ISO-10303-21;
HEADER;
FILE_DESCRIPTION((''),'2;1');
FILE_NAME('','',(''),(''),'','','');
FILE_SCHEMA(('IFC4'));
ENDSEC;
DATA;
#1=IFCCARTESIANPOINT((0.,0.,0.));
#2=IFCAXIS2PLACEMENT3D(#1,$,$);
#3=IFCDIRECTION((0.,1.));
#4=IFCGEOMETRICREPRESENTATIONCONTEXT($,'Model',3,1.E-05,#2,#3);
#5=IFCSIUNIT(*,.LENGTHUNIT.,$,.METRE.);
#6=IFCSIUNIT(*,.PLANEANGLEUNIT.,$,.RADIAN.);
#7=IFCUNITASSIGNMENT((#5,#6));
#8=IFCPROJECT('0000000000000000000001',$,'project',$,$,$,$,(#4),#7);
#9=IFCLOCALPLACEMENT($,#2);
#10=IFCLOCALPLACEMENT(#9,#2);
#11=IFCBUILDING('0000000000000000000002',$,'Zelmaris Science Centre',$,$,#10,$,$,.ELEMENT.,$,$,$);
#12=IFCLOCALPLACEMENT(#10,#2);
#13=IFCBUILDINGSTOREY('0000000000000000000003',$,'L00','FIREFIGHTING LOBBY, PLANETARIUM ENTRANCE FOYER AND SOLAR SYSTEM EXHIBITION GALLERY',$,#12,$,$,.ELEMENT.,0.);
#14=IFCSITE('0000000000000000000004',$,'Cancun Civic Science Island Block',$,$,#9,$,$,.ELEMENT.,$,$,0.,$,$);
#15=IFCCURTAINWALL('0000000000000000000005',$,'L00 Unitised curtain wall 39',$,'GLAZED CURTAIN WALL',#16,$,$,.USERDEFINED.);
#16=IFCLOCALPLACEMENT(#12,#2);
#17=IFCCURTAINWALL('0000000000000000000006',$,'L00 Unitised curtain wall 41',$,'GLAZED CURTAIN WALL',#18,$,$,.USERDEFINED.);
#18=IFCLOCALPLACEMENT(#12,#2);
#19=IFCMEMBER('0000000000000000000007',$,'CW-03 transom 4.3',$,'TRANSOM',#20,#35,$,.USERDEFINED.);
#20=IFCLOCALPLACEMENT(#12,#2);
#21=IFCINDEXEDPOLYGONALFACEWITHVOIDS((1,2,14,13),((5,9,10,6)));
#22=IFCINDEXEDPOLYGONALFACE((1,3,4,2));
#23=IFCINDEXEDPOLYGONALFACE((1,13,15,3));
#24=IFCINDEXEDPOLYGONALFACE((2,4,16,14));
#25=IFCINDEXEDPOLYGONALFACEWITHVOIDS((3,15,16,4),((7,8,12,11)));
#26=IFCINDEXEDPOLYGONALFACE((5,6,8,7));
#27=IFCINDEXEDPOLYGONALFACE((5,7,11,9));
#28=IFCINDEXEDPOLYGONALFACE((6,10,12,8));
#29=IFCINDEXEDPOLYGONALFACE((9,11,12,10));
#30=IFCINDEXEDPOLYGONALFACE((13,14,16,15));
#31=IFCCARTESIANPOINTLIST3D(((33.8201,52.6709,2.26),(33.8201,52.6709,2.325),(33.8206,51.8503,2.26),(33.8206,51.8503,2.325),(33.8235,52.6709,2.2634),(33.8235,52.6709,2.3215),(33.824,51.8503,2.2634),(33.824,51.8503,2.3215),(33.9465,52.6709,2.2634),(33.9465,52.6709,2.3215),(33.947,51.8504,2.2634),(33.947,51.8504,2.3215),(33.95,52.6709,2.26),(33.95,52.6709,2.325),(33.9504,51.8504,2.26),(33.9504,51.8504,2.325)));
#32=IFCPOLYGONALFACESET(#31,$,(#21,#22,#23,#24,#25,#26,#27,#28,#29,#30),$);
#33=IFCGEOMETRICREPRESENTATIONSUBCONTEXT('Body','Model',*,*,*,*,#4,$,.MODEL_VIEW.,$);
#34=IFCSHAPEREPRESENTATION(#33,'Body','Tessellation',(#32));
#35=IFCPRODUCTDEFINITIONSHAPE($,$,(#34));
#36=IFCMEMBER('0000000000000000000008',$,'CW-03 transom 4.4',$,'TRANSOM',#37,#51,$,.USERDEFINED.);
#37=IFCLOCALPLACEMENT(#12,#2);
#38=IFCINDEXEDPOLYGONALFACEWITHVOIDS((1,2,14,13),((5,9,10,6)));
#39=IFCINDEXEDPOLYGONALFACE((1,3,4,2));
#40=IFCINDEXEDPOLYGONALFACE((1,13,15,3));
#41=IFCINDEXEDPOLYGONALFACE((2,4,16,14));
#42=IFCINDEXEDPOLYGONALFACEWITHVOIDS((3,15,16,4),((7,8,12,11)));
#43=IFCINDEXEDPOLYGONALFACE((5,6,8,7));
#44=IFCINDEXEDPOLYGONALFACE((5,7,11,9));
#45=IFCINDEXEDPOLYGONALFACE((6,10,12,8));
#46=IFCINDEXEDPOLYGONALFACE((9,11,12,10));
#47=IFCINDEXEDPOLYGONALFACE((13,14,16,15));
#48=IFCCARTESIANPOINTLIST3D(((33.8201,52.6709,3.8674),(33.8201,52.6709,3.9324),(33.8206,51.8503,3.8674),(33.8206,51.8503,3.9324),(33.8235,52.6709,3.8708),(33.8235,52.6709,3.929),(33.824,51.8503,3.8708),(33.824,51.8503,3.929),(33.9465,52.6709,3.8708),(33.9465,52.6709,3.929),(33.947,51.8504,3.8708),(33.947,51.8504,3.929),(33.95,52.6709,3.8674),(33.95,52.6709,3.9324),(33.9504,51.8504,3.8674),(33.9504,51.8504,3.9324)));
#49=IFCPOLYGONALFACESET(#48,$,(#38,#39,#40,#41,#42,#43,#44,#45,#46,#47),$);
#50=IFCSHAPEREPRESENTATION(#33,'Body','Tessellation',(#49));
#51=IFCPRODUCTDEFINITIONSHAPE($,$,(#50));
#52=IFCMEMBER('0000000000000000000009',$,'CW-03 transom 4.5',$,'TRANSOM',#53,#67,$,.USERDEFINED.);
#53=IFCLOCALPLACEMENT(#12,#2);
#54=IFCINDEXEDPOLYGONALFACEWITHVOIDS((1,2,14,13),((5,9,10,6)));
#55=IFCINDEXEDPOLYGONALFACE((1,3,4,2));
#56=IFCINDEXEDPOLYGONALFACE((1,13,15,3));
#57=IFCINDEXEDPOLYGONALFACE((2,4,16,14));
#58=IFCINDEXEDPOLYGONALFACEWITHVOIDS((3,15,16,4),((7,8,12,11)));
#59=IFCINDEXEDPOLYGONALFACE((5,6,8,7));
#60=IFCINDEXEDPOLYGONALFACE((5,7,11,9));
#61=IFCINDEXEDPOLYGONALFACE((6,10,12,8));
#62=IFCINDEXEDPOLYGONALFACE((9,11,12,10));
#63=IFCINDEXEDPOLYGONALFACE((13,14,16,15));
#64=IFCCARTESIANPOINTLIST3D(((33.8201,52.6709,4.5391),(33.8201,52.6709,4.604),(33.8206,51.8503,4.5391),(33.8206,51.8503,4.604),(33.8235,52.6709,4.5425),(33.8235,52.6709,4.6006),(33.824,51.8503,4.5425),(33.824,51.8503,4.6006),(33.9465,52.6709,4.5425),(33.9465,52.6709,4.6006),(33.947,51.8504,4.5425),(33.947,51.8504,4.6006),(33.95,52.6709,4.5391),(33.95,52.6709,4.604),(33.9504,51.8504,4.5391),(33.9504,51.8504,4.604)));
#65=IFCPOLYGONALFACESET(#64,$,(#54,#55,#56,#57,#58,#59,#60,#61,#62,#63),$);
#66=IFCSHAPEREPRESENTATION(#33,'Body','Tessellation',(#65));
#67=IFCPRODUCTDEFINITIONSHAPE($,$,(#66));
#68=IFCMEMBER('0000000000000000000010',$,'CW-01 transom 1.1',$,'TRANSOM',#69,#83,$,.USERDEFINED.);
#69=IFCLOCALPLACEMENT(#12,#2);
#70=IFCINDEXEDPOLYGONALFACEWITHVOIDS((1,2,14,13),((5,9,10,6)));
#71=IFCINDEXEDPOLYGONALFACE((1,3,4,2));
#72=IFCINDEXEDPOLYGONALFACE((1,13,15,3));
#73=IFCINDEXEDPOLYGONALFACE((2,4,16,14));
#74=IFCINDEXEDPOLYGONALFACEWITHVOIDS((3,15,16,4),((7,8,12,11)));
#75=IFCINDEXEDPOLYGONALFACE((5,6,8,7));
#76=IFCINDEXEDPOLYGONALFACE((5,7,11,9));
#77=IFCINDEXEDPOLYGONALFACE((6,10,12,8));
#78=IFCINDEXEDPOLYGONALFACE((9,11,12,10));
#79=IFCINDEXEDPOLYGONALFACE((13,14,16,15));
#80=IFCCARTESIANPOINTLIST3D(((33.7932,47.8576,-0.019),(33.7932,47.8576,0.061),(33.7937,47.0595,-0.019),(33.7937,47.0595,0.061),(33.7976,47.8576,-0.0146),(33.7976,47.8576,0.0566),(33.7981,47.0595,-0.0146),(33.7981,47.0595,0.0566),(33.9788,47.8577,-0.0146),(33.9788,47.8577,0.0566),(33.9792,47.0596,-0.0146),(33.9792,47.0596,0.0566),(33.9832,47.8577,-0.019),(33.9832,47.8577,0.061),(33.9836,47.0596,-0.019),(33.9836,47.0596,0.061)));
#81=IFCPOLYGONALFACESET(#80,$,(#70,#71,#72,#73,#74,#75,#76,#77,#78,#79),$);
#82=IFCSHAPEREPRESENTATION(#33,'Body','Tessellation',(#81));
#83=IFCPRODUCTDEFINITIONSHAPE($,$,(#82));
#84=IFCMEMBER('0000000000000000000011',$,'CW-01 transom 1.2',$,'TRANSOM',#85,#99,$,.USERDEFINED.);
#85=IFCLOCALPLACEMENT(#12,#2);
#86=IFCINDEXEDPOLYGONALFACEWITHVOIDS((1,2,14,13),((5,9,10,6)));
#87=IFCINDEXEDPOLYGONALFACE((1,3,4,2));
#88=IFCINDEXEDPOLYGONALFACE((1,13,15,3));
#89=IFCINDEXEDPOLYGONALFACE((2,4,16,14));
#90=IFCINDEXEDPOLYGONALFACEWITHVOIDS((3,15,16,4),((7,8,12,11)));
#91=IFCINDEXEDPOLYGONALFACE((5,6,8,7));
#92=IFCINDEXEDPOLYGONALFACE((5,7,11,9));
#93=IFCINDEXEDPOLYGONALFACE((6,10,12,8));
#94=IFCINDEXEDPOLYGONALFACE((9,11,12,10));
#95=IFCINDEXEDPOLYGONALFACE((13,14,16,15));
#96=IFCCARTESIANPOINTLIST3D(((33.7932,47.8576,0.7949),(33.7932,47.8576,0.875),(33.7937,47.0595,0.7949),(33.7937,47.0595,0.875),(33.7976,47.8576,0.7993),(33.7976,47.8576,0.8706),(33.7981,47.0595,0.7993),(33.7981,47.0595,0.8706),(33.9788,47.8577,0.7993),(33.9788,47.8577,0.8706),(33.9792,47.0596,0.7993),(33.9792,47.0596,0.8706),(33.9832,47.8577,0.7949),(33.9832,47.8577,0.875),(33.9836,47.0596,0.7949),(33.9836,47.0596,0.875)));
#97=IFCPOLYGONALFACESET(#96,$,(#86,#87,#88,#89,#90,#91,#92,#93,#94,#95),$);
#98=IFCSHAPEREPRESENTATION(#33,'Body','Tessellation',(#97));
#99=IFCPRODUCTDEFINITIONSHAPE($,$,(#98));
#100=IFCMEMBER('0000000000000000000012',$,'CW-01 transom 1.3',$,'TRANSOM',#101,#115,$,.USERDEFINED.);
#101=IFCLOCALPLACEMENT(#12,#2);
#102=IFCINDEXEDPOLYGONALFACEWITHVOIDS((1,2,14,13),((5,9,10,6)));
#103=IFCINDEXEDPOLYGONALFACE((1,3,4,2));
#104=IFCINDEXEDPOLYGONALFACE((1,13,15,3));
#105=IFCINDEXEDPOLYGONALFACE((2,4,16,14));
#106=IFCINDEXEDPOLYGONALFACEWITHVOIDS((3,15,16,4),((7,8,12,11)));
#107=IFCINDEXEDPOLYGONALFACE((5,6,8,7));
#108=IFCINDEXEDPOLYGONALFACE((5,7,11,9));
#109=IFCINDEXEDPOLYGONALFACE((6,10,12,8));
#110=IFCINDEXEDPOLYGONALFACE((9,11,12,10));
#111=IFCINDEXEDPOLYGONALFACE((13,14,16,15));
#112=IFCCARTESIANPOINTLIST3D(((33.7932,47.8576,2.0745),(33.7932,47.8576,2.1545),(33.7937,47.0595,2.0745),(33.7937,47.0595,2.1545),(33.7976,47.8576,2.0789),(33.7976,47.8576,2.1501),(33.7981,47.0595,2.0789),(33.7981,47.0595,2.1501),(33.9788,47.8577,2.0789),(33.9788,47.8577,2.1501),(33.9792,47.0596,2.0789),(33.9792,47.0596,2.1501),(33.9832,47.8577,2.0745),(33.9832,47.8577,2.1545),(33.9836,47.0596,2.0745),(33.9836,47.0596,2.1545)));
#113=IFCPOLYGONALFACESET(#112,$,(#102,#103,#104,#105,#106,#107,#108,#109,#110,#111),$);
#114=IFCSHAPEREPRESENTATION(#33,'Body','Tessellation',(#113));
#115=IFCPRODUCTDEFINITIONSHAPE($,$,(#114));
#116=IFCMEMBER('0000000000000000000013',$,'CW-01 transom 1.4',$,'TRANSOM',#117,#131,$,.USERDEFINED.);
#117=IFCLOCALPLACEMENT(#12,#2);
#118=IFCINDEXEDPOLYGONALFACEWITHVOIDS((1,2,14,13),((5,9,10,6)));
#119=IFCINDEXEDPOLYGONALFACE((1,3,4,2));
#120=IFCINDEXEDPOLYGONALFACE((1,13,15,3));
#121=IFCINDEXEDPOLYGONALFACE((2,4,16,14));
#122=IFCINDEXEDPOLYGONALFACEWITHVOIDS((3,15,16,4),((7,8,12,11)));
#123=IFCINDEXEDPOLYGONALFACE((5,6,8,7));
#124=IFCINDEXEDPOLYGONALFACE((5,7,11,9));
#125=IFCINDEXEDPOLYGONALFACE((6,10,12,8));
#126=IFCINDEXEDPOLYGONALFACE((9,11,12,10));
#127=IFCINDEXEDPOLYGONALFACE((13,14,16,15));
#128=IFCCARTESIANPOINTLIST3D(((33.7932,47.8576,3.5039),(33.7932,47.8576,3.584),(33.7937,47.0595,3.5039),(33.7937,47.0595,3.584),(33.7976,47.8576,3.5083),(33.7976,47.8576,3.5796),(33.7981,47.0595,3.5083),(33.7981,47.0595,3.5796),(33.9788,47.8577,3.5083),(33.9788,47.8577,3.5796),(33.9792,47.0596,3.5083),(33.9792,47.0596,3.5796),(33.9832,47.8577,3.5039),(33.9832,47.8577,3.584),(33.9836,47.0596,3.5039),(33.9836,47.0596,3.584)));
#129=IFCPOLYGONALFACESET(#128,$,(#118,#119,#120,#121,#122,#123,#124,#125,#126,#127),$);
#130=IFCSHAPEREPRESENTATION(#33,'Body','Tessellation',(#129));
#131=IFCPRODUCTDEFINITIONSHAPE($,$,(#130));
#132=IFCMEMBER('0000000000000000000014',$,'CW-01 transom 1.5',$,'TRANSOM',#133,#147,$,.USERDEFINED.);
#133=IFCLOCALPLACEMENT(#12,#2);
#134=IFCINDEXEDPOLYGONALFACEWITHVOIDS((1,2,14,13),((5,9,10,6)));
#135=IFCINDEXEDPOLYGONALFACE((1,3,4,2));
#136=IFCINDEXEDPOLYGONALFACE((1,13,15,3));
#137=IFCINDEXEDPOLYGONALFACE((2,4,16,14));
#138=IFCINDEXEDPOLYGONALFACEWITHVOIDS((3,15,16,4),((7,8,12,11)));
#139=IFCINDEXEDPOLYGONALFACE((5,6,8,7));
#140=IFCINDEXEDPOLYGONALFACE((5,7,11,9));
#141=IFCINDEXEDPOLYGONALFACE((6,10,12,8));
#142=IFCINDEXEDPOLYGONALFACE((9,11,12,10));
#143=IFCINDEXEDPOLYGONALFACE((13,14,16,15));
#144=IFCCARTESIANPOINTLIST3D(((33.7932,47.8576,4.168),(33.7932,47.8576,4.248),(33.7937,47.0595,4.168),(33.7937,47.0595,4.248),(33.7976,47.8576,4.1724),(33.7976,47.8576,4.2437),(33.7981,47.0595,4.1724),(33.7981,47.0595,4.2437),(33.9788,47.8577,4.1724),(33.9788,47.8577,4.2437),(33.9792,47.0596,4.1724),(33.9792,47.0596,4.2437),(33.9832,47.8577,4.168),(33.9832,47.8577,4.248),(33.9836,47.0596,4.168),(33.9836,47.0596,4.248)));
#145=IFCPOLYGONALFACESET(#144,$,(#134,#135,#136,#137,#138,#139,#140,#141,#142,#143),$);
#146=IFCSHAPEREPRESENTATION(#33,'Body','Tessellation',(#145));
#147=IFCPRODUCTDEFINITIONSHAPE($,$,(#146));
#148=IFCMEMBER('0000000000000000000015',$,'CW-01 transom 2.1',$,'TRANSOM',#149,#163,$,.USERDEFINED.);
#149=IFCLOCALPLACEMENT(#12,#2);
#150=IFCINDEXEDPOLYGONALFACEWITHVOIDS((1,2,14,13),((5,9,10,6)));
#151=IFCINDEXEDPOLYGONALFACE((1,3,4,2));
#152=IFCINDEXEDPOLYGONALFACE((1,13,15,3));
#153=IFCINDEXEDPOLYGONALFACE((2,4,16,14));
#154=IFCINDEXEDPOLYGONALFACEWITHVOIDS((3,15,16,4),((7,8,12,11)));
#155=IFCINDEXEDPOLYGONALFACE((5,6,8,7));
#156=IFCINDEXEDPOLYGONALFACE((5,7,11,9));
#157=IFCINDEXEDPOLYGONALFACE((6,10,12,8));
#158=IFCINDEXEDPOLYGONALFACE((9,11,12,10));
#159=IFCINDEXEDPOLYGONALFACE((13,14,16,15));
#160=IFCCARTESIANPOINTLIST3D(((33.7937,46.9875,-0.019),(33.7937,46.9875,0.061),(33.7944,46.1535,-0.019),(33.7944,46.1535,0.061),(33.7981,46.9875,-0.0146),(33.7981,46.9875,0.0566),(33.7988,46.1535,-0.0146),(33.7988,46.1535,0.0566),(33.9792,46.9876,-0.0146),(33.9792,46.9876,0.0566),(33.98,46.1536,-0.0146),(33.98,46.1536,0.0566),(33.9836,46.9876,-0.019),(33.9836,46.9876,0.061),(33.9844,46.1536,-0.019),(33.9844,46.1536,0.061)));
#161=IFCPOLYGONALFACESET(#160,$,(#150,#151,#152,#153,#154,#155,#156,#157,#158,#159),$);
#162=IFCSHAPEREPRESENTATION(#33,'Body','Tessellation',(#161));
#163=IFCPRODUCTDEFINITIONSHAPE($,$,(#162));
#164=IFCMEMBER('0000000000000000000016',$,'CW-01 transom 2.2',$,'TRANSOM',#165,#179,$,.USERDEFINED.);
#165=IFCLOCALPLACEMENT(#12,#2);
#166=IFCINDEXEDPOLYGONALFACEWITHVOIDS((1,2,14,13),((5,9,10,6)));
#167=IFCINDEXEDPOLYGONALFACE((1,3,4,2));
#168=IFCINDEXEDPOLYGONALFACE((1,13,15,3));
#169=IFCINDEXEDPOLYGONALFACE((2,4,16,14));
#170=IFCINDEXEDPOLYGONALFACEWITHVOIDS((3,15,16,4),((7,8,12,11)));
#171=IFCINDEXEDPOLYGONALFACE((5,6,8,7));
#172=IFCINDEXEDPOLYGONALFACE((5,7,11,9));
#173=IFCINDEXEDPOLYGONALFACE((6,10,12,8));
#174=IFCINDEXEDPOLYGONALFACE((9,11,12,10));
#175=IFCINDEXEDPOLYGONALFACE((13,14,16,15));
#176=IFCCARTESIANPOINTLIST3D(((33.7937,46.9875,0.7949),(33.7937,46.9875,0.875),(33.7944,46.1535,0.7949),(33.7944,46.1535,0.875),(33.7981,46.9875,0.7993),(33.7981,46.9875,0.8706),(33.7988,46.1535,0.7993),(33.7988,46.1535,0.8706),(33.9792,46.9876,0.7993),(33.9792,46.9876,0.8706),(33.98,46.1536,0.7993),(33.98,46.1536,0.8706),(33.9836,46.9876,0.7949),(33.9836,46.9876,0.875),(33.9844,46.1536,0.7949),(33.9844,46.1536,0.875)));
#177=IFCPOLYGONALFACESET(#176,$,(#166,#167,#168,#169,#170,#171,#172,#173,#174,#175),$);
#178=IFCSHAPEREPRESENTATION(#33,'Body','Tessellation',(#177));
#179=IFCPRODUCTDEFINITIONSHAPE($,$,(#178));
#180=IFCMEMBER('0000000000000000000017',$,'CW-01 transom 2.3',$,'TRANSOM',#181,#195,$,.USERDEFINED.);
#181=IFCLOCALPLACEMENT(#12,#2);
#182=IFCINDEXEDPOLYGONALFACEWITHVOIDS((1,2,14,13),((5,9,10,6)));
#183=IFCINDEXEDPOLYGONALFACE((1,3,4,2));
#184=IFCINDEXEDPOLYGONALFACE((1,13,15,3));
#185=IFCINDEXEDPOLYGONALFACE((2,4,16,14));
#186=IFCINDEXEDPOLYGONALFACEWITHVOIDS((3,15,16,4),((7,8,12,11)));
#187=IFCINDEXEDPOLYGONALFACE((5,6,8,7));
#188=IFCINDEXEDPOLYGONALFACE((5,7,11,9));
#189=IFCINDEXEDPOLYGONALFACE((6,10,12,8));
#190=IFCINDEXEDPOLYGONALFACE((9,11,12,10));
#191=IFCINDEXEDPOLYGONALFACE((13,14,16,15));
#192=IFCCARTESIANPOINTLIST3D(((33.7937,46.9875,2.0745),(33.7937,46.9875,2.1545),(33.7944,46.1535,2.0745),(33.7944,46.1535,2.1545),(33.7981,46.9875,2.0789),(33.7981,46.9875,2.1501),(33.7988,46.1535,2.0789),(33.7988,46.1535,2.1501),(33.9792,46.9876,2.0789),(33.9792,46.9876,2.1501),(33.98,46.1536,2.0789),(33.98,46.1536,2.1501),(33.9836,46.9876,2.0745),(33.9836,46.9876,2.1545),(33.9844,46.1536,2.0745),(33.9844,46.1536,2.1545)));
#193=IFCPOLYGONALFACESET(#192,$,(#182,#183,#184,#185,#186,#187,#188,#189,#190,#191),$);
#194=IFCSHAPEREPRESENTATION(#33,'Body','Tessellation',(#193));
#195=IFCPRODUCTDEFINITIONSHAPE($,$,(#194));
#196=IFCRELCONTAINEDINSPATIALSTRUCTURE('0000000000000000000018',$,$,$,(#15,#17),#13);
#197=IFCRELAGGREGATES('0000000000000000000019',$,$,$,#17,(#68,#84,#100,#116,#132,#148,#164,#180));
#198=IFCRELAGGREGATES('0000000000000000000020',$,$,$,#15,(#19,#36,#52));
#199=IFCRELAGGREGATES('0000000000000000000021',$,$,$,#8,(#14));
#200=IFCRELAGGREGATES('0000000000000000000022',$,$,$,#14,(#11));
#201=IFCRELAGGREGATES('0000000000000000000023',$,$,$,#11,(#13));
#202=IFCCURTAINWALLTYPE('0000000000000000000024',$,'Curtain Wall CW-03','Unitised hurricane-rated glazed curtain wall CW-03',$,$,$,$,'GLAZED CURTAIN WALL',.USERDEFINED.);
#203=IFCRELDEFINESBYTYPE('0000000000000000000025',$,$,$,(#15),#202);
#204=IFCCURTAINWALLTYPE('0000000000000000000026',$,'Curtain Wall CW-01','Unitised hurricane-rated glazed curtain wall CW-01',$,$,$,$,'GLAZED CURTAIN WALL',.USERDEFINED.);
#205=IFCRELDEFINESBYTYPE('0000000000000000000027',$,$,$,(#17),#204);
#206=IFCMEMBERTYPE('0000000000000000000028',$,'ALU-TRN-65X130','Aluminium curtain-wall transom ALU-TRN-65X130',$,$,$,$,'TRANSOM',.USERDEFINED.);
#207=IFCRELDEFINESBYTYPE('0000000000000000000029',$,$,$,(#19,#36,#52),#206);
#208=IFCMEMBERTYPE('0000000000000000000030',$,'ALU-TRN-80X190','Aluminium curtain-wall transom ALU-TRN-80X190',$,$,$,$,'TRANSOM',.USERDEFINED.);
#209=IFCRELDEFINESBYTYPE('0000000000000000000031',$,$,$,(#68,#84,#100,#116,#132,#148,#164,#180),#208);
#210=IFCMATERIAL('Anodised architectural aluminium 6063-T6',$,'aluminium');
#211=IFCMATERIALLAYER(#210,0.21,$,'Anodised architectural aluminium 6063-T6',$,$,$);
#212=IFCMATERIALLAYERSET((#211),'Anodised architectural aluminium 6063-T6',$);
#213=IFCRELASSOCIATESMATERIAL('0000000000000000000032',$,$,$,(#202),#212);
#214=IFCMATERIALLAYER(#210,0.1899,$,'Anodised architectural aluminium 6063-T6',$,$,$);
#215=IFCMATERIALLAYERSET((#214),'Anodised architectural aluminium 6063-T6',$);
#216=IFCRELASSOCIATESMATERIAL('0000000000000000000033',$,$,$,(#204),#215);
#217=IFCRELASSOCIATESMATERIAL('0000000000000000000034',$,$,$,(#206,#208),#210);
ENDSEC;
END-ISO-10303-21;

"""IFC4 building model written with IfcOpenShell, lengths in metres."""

from ifc_helpers import new_model, si_unit, direction, frame, origin, origin_2d, place, context, subcontext, project, spatial, hollow_rectangle, extrude, material, layer, layer_set, material_profile, profile_set, type_object, element, aggregate, save


model = new_model("IFC4")

# Units and contexts
model_context = context("Model", 3, precision=1e-05, world=origin(), true_north=direction((0.0, 1.0)))
body_context = subcontext(model_context, "Body", "Model", "MODEL_VIEW")
ifc_project = project(units=[si_unit("LENGTHUNIT", "METRE"), si_unit("PLANEANGLEUNIT", "RADIAN")], contexts=[model_context])

# Site, building, storey
site_placement = place(None, origin())
site = spatial("IfcSite", under=ifc_project, at=site_placement, Name="Cancun Civic Science Island Block", CompositionType="ELEMENT", RefElevation=0.0)
building_placement = place(site_placement, origin())
building = spatial("IfcBuilding", under=site, at=building_placement, Name="Zelmaris Science Centre", CompositionType="ELEMENT")
storey_placement = place(building_placement, origin())
storey = spatial("IfcBuildingStorey", under=building, at=storey_placement, Name="L00", Description="FIREFIGHTING LOBBY, PLANETARIUM ENTRANCE FOYER AND SOLAR SYSTEM EXHIBITION GALLERY", CompositionType="ELEMENT", Elevation=0.0)

# Curtain wall
ifc_material_1 = material(Name="Anodised architectural aluminium 6063-T6", Category="aluminium")
ifc_layer_1 = layer(ifc_material_1, 0.21, Name="Anodised architectural aluminium 6063-T6")
ifc_layer_set_1 = layer_set([ifc_layer_1], Name="Anodised architectural aluminium 6063-T6")
curtain_wall_type_1 = type_object("IfcCurtainWallType", Name="Curtain Wall CW-03", Description="Unitised hurricane-rated glazed curtain wall CW-03", ElementType="GLAZED CURTAIN WALL", PredefinedType="USERDEFINED", material=ifc_layer_set_1)
curtain_wall_1_placement = place(storey_placement, origin())
curtain_wall_1 = element("IfcCurtainWall", 1, at=curtain_wall_1_placement, inside=storey, type_object=curtain_wall_type_1, Name="L00 Unitised curtain wall 39", ObjectType="GLAZED CURTAIN WALL", PredefinedType="USERDEFINED")

# Curtain wall
ifc_layer_2 = layer(ifc_material_1, 0.1899, Name="Anodised architectural aluminium 6063-T6")
ifc_layer_set_2 = layer_set([ifc_layer_2], Name="Anodised architectural aluminium 6063-T6")
curtain_wall_type_2 = type_object("IfcCurtainWallType", Name="Curtain Wall CW-01", Description="Unitised hurricane-rated glazed curtain wall CW-01", ElementType="GLAZED CURTAIN WALL", PredefinedType="USERDEFINED", material=ifc_layer_set_2)
curtain_wall_2_placement = place(storey_placement, origin())
curtain_wall_2 = element("IfcCurtainWall", 2, at=curtain_wall_2_placement, inside=storey, type_object=curtain_wall_type_2, Name="L00 Unitised curtain wall 41", ObjectType="GLAZED CURTAIN WALL", PredefinedType="USERDEFINED")

# Members
ifc_material_profile_1 = material_profile(ifc_material_1, hollow_rectangle(XDim=0.0649, YDim=0.1299, WallThickness=0.0034, at=origin_2d()), Name="ALU-TRN-65X130")
ifc_profile_set_1 = profile_set([ifc_material_profile_1], Name="Anodised architectural aluminium 6063-T6")
member_type_1 = type_object("IfcMemberType", Name="ALU-TRN-65X130", Description="Aluminium curtain-wall transom ALU-TRN-65X130", ElementType="TRANSOM", PredefinedType="USERDEFINED", material=ifc_profile_set_1)
member_1_placement = place(storey_placement, frame((33.885, 52.6709, 2.2925), z_axis=(0.000595, -1.0, 0.0), x_axis=(0.0, 0.0, 1.0)))
member_1 = element("IfcMember", 3, at=member_1_placement, type_object=member_type_1, Name="CW-03 transom 4.3", ObjectType="TRANSOM", PredefinedType="USERDEFINED", context=body_context, shape_type="SweptSolid", body=[
    extrude(hollow_rectangle(XDim=0.0649, YDim=0.1299, WallThickness=0.0034, at=origin_2d()), origin(), (0.0, 0.0, 1.0), 0.8206),
])
member_2_placement = place(storey_placement, frame((33.885, 52.6709, 3.8999), z_axis=(0.000595, -1.0, 0.0), x_axis=(0.0, 0.0, 1.0)))
member_2 = element("IfcMember", 4, at=member_2_placement, type_object=member_type_1, Name="CW-03 transom 4.4", ObjectType="TRANSOM", PredefinedType="USERDEFINED", context=body_context, shape_type="SweptSolid", body=[
    extrude(hollow_rectangle(XDim=0.0649, YDim=0.1299, WallThickness=0.0034, at=origin_2d()), origin(), (0.0, 0.0, 1.0), 0.8206),
])
member_3_placement = place(storey_placement, frame((33.885, 52.6709, 4.5715), z_axis=(0.000595, -1.0, 0.0), x_axis=(0.0, 0.0, 1.0)))
member_3 = element("IfcMember", 5, at=member_3_placement, type_object=member_type_1, Name="CW-03 transom 4.5", ObjectType="TRANSOM", PredefinedType="USERDEFINED", context=body_context, shape_type="SweptSolid", body=[
    extrude(hollow_rectangle(XDim=0.0649, YDim=0.1299, WallThickness=0.0034, at=origin_2d()), origin(), (0.0, 0.0, 1.0), 0.8206),
])
ifc_material_profile_2 = material_profile(ifc_material_1, hollow_rectangle(XDim=0.0801, YDim=0.1899, WallThickness=0.0044, at=origin_2d()), Name="ALU-TRN-80X190")
ifc_profile_set_2 = profile_set([ifc_material_profile_2], Name="Anodised architectural aluminium 6063-T6")
member_type_2 = type_object("IfcMemberType", Name="ALU-TRN-80X190", Description="Aluminium curtain-wall transom ALU-TRN-80X190", ElementType="TRANSOM", PredefinedType="USERDEFINED", material=ifc_profile_set_2)
member_4_placement = place(storey_placement, frame((33.8882, 47.8577, 0.021), z_axis=(0.000612, -1.0, 0.0), x_axis=(0.0, 0.0, 1.0)))
member_4 = element("IfcMember", 6, at=member_4_placement, type_object=member_type_2, Name="CW-01 transom 1.1", ObjectType="TRANSOM", PredefinedType="USERDEFINED", context=body_context, shape_type="SweptSolid", body=[
    extrude(hollow_rectangle(XDim=0.0801, YDim=0.1899, WallThickness=0.0044, at=origin_2d()), origin(), (0.0, 0.0, 1.0), 0.7981),
])
member_5_placement = place(storey_placement, frame((33.8882, 47.8577, 0.835), z_axis=(0.000612, -1.0, 0.0), x_axis=(0.0, 0.0, 1.0)))
member_5 = element("IfcMember", 7, at=member_5_placement, type_object=member_type_2, Name="CW-01 transom 1.2", ObjectType="TRANSOM", PredefinedType="USERDEFINED", context=body_context, shape_type="SweptSolid", body=[
    extrude(hollow_rectangle(XDim=0.0801, YDim=0.1899, WallThickness=0.0044, at=origin_2d()), origin(), (0.0, 0.0, 1.0), 0.7981),
])
member_6_placement = place(storey_placement, frame((33.8882, 47.8577, 2.1145), z_axis=(0.000612, -1.0, 0.0), x_axis=(0.0, 0.0, 1.0)))
member_6 = element("IfcMember", 8, at=member_6_placement, type_object=member_type_2, Name="CW-01 transom 1.3", ObjectType="TRANSOM", PredefinedType="USERDEFINED", context=body_context, shape_type="SweptSolid", body=[
    extrude(hollow_rectangle(XDim=0.0801, YDim=0.1899, WallThickness=0.0044, at=origin_2d()), origin(), (0.0, 0.0, 1.0), 0.7981),
])
member_7_placement = place(storey_placement, frame((33.8882, 47.8577, 3.5439), z_axis=(0.000612, -1.0, 0.0), x_axis=(0.0, 0.0, 1.0)))
member_7 = element("IfcMember", 9, at=member_7_placement, type_object=member_type_2, Name="CW-01 transom 1.4", ObjectType="TRANSOM", PredefinedType="USERDEFINED", context=body_context, shape_type="SweptSolid", body=[
    extrude(hollow_rectangle(XDim=0.0801, YDim=0.1899, WallThickness=0.0044, at=origin_2d()), origin(), (0.0, 0.0, 1.0), 0.7981),
])
member_8_placement = place(storey_placement, frame((33.8882, 47.8577, 4.208), z_axis=(0.000612, -1.0, 0.0), x_axis=(0.0, 0.0, 1.0)))
member_8 = element("IfcMember", 10, at=member_8_placement, type_object=member_type_2, Name="CW-01 transom 1.5", ObjectType="TRANSOM", PredefinedType="USERDEFINED", context=body_context, shape_type="SweptSolid", body=[
    extrude(hollow_rectangle(XDim=0.0801, YDim=0.1899, WallThickness=0.0044, at=origin_2d()), origin(), (0.0, 0.0, 1.0), 0.7981),
])
member_9_placement = place(storey_placement, frame((33.8887, 46.9875, 0.021), z_axis=(0.000878, -1.0, 0.0), x_axis=(0.0, 0.0, 1.0)))
member_9 = element("IfcMember", 11, at=member_9_placement, type_object=member_type_2, Name="CW-01 transom 2.1", ObjectType="TRANSOM", PredefinedType="USERDEFINED", context=body_context, shape_type="SweptSolid", body=[
    extrude(hollow_rectangle(XDim=0.0801, YDim=0.1899, WallThickness=0.0044, at=origin_2d()), origin(), (0.0, 0.0, 1.0), 0.834),
])
member_10_placement = place(storey_placement, frame((33.8887, 46.9875, 0.835), z_axis=(0.000878, -1.0, 0.0), x_axis=(0.0, 0.0, 1.0)))
member_10 = element("IfcMember", 12, at=member_10_placement, type_object=member_type_2, Name="CW-01 transom 2.2", ObjectType="TRANSOM", PredefinedType="USERDEFINED", context=body_context, shape_type="SweptSolid", body=[
    extrude(hollow_rectangle(XDim=0.0801, YDim=0.1899, WallThickness=0.0044, at=origin_2d()), origin(), (0.0, 0.0, 1.0), 0.834),
])
member_11_placement = place(storey_placement, frame((33.8887, 46.9875, 2.1145), z_axis=(0.000878, -1.0, 0.0), x_axis=(0.0, 0.0, 1.0)))
member_11 = element("IfcMember", 13, at=member_11_placement, type_object=member_type_2, Name="CW-01 transom 2.3", ObjectType="TRANSOM", PredefinedType="USERDEFINED", context=body_context, shape_type="SweptSolid", body=[
    extrude(hollow_rectangle(XDim=0.0801, YDim=0.1899, WallThickness=0.0044, at=origin_2d()), origin(), (0.0, 0.0, 1.0), 0.834),
])

aggregate(curtain_wall_2, [member_4, member_5, member_6, member_7, member_8, member_9, member_10, member_11])
aggregate(curtain_wall_1, [member_1, member_2, member_3])

save(model, "model.ifc")
